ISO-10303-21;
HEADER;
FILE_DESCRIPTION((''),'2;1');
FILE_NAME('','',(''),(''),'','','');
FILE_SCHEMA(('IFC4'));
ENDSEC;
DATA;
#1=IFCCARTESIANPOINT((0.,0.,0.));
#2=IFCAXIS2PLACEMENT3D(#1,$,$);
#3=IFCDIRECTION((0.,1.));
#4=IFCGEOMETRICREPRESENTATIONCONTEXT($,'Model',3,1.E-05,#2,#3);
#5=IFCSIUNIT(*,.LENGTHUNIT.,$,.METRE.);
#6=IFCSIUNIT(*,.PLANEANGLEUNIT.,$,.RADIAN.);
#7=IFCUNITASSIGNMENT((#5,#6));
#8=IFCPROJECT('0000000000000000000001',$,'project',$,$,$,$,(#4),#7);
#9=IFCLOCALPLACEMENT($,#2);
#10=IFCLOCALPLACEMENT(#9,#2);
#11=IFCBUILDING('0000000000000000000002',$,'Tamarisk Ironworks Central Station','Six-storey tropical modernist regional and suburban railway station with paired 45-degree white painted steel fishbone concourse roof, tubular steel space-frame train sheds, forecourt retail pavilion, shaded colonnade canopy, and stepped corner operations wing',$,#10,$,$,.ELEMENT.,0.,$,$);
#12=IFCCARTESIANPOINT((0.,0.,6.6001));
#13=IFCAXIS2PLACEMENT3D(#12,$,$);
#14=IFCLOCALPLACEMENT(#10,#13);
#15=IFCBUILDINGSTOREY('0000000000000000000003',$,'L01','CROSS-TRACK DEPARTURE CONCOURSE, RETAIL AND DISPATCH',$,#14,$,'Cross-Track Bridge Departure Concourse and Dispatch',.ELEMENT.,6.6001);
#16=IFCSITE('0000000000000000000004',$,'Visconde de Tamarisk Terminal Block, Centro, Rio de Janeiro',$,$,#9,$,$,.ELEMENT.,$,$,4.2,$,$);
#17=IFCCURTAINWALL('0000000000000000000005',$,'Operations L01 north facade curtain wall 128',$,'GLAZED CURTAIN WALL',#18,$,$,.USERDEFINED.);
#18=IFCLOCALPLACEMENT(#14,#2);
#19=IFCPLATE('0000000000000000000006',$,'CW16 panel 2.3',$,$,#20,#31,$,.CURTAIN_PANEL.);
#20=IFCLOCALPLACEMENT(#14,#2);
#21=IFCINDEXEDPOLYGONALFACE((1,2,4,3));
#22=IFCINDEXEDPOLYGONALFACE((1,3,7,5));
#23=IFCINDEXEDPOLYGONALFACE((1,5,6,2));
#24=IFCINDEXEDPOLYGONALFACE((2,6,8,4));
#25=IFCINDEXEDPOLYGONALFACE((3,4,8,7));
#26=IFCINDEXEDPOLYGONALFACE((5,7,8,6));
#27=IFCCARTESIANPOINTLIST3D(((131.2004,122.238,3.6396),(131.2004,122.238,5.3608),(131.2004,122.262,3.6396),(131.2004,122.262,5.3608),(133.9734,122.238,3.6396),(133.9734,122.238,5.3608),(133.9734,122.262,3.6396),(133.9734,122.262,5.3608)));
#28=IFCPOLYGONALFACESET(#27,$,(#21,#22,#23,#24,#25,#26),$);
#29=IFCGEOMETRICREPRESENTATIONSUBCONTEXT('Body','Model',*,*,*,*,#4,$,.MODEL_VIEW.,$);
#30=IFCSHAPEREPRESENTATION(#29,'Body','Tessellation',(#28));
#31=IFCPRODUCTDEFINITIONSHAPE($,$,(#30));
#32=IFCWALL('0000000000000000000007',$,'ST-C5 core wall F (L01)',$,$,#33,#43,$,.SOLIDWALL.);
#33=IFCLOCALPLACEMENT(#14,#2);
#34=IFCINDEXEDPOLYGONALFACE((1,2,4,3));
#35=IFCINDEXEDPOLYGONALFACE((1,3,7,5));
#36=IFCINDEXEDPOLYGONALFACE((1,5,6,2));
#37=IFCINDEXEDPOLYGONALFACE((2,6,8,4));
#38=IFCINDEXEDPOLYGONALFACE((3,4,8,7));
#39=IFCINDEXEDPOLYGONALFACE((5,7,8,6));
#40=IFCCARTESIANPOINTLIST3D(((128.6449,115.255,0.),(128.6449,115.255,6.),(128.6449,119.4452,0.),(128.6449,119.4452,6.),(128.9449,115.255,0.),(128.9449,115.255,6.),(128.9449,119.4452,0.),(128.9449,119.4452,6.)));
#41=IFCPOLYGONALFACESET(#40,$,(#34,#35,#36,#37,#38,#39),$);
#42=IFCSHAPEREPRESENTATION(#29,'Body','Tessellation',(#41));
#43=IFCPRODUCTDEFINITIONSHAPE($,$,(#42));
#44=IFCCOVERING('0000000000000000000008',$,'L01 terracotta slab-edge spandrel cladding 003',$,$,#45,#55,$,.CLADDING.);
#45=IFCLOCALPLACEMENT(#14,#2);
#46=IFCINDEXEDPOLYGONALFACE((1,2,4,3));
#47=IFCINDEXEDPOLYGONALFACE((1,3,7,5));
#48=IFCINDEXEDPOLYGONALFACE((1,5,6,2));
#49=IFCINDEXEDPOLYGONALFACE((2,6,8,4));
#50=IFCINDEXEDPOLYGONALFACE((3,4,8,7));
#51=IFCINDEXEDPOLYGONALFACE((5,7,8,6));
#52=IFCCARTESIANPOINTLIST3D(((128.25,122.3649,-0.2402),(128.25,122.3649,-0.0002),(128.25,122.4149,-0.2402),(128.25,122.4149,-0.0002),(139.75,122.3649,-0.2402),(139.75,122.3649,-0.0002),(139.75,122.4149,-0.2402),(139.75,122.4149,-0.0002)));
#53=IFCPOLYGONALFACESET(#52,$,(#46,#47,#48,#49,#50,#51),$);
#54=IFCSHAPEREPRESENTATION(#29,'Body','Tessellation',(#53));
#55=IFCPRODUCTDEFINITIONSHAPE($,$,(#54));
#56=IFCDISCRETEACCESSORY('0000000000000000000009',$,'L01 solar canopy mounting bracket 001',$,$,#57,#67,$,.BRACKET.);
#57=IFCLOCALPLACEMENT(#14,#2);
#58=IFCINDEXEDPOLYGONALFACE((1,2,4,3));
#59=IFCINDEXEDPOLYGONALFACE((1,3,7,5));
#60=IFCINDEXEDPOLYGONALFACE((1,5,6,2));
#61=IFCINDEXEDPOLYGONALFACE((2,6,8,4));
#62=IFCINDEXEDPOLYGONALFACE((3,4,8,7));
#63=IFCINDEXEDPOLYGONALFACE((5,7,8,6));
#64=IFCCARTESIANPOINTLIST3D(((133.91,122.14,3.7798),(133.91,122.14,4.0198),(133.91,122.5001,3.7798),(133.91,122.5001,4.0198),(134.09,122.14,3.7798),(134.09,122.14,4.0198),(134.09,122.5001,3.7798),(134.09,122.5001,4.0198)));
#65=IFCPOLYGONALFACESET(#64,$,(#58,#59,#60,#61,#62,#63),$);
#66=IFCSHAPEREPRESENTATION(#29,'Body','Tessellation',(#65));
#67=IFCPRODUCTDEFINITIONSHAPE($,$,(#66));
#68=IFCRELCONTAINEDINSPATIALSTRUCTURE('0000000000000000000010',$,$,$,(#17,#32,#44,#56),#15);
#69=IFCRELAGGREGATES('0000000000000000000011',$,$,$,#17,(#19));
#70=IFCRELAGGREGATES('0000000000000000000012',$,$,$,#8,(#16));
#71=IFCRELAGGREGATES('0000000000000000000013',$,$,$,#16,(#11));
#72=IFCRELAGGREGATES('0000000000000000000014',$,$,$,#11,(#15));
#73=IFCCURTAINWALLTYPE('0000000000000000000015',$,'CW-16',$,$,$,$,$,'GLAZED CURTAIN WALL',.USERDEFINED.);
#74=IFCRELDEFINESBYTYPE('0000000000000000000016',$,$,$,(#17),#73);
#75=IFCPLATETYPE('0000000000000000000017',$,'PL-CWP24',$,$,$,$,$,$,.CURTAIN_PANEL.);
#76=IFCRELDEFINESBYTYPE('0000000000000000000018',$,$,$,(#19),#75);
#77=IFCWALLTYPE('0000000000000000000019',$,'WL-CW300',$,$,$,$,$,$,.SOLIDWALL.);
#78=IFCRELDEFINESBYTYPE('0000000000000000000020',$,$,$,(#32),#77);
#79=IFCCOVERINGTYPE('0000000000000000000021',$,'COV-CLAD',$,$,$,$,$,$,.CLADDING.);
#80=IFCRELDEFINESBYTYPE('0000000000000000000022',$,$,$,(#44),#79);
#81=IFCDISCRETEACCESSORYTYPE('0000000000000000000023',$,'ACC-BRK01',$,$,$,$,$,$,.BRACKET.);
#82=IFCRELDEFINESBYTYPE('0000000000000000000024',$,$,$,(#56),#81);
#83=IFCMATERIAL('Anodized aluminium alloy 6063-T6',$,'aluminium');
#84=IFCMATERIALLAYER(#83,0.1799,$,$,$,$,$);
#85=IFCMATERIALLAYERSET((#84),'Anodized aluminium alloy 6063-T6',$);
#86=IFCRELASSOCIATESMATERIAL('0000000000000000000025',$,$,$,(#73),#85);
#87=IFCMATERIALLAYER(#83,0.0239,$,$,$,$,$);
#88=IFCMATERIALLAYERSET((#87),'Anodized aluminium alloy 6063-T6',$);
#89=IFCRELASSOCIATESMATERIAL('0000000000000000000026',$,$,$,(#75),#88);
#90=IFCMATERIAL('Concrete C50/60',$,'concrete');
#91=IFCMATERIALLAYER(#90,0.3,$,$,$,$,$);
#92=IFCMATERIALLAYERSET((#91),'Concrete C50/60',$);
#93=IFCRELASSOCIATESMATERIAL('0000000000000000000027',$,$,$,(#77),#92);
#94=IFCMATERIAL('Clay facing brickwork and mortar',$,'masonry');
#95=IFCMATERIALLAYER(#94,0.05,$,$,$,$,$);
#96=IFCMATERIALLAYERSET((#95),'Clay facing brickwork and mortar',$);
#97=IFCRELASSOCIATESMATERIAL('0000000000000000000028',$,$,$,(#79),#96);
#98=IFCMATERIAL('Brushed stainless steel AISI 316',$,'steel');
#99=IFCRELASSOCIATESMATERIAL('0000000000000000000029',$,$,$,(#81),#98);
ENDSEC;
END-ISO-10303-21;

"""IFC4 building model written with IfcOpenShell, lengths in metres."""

from ifc_helpers import new_model, si_unit, direction, frame, frame_2d, origin, origin_2d, place, context, subcontext, project, spatial, rectangle, extrude, material, layer, layer_set, type_object, element, aggregate, save


model = new_model("IFC4")

# Units and contexts
model_context = context("Model", 3, precision=1e-05, world=origin(), true_north=direction((0.0, 1.0)))
body_context = subcontext(model_context, "Body", "Model", "MODEL_VIEW")
ifc_project = project(units=[si_unit("LENGTHUNIT", "METRE"), si_unit("PLANEANGLEUNIT", "RADIAN")], contexts=[model_context])

# Site, building, storey
site_placement = place(None, origin())
site = spatial("IfcSite", under=ifc_project, at=site_placement, Name="Visconde de Tamarisk Terminal Block, Centro, Rio de Janeiro", CompositionType="ELEMENT", RefElevation=4.2)
building_placement = place(site_placement, origin())
building = spatial("IfcBuilding", under=site, at=building_placement, Name="Tamarisk Ironworks Central Station", Description="Six-storey tropical modernist regional and suburban railway station with paired 45-degree white painted steel fishbone concourse roof, tubular steel space-frame train sheds, forecourt retail pavilion, shaded colonnade canopy, and stepped corner operations wing", CompositionType="ELEMENT", ElevationOfRefHeight=0.0)
storey_placement = place(building_placement, frame((0.0, 0.0, 6.6001)))
storey = spatial("IfcBuildingStorey", under=building, at=storey_placement, Name="L01", Description="CROSS-TRACK DEPARTURE CONCOURSE, RETAIL AND DISPATCH", LongName="Cross-Track Bridge Departure Concourse and Dispatch", CompositionType="ELEMENT", Elevation=6.6001)

# Shared definitions
ifc_material_1 = material(Name="Concrete C50/60", Category="concrete")

# Curtain wall, plate
ifc_material_2 = material(Name="Anodized aluminium alloy 6063-T6", Category="aluminium")
ifc_layer_1 = layer(ifc_material_2, 0.1799)
ifc_layer_set_1 = layer_set([ifc_layer_1], Name="Anodized aluminium alloy 6063-T6")
curtain_wall_type = type_object("IfcCurtainWallType", Name="CW-16", ElementType="GLAZED CURTAIN WALL", PredefinedType="USERDEFINED", material=ifc_layer_set_1)
curtain_wall_placement = place(storey_placement, origin())
curtain_wall = element("IfcCurtainWall", 1, at=curtain_wall_placement, inside=storey, type_object=curtain_wall_type, Name="Operations L01 north facade curtain wall 128", ObjectType="GLAZED CURTAIN WALL", PredefinedType="USERDEFINED")
ifc_layer_2 = layer(ifc_material_2, 0.0239)
ifc_layer_set_2 = layer_set([ifc_layer_2], Name="Anodized aluminium alloy 6063-T6")
plate_type = type_object("IfcPlateType", Name="PL-CWP24", PredefinedType="CURTAIN_PANEL", material=ifc_layer_set_2)
plate_1_placement = place(storey_placement, frame((132.5869, 122.25, 3.6396), z_axis=(0.0, 0.0, 1.0), x_axis=(1.0, 0.0, 0.0)))
plate_1 = element("IfcPlate", 2, at=plate_1_placement, type_object=plate_type, Name="CW16 panel 2.3", PredefinedType="CURTAIN_PANEL", context=body_context, shape_type="SweptSolid", body=[
    extrude(rectangle(XDim=2.7729, YDim=0.0239, at=origin_2d()), origin(), (0.0, 0.0, 1.0), 1.7212),
])
aggregate(curtain_wall, [plate_1])

# Wall
ifc_layer_3 = layer(ifc_material_1, 0.3)
ifc_layer_set_3 = layer_set([ifc_layer_3], Name="Concrete C50/60")
wall_type = type_object("IfcWallType", Name="WL-CW300", PredefinedType="SOLIDWALL", material=ifc_layer_set_3)
wall_placement = place(storey_placement, frame((128.7949, 115.2549, 0.0), z_axis=(0.0, 0.0, 1.0), x_axis=(0.0, 1.0, 0.0)))
element("IfcWall", 3, at=wall_placement, inside=storey, type_object=wall_type, Name="ST-C5 core wall F (L01)", PredefinedType="SOLIDWALL", context=body_context, shape_type="SweptSolid", body=[
    extrude(rectangle(XDim=4.1902, YDim=0.3, at=frame_2d((2.0952, 0.0))), origin(), (0.0, 0.0, 1.0), 6.0),
])

# Covering
ifc_material_3 = material(Name="Clay facing brickwork and mortar", Category="masonry")
ifc_layer_4 = layer(ifc_material_3, 0.05)
ifc_layer_set_4 = layer_set([ifc_layer_4], Name="Clay facing brickwork and mortar")
covering_type = type_object("IfcCoveringType", Name="COV-CLAD", PredefinedType="CLADDING", material=ifc_layer_set_4)
covering_placement = place(storey_placement, frame((134.0, 122.3899, -0.2402), z_axis=(0.0, 0.0, 1.0), x_axis=(1.0, 0.0, 0.0)))
element("IfcCovering", 4, at=covering_placement, inside=storey, type_object=covering_type, Name="L01 terracotta slab-edge spandrel cladding 003", PredefinedType="CLADDING", context=body_context, shape_type="SweptSolid", body=[
    extrude(rectangle(XDim=11.5, YDim=0.05, at=origin_2d()), origin(), (0.0, 0.0, 1.0), 0.24),
])

# Discrete accessory
ifc_material_4 = material(Name="Brushed stainless steel AISI 316", Category="steel")
discrete_accessory_type = type_object("IfcDiscreteAccessoryType", Name="ACC-BRK01", PredefinedType="BRACKET", material=ifc_material_4)
discrete_accessory_placement = place(storey_placement, frame((134.0, 122.3201, 3.7798), z_axis=(0.0, 0.0, 1.0), x_axis=(1.0, 0.0, 0.0)))
element("IfcDiscreteAccessory", 5, at=discrete_accessory_placement, inside=storey, type_object=discrete_accessory_type, Name="L01 solar canopy mounting bracket 001", PredefinedType="BRACKET", context=body_context, shape_type="SweptSolid", body=[
    extrude(rectangle(XDim=0.1799, YDim=0.3601, at=origin_2d()), origin(), (0.0, 0.0, 1.0), 0.24),
])

save(model, "model.ifc")
